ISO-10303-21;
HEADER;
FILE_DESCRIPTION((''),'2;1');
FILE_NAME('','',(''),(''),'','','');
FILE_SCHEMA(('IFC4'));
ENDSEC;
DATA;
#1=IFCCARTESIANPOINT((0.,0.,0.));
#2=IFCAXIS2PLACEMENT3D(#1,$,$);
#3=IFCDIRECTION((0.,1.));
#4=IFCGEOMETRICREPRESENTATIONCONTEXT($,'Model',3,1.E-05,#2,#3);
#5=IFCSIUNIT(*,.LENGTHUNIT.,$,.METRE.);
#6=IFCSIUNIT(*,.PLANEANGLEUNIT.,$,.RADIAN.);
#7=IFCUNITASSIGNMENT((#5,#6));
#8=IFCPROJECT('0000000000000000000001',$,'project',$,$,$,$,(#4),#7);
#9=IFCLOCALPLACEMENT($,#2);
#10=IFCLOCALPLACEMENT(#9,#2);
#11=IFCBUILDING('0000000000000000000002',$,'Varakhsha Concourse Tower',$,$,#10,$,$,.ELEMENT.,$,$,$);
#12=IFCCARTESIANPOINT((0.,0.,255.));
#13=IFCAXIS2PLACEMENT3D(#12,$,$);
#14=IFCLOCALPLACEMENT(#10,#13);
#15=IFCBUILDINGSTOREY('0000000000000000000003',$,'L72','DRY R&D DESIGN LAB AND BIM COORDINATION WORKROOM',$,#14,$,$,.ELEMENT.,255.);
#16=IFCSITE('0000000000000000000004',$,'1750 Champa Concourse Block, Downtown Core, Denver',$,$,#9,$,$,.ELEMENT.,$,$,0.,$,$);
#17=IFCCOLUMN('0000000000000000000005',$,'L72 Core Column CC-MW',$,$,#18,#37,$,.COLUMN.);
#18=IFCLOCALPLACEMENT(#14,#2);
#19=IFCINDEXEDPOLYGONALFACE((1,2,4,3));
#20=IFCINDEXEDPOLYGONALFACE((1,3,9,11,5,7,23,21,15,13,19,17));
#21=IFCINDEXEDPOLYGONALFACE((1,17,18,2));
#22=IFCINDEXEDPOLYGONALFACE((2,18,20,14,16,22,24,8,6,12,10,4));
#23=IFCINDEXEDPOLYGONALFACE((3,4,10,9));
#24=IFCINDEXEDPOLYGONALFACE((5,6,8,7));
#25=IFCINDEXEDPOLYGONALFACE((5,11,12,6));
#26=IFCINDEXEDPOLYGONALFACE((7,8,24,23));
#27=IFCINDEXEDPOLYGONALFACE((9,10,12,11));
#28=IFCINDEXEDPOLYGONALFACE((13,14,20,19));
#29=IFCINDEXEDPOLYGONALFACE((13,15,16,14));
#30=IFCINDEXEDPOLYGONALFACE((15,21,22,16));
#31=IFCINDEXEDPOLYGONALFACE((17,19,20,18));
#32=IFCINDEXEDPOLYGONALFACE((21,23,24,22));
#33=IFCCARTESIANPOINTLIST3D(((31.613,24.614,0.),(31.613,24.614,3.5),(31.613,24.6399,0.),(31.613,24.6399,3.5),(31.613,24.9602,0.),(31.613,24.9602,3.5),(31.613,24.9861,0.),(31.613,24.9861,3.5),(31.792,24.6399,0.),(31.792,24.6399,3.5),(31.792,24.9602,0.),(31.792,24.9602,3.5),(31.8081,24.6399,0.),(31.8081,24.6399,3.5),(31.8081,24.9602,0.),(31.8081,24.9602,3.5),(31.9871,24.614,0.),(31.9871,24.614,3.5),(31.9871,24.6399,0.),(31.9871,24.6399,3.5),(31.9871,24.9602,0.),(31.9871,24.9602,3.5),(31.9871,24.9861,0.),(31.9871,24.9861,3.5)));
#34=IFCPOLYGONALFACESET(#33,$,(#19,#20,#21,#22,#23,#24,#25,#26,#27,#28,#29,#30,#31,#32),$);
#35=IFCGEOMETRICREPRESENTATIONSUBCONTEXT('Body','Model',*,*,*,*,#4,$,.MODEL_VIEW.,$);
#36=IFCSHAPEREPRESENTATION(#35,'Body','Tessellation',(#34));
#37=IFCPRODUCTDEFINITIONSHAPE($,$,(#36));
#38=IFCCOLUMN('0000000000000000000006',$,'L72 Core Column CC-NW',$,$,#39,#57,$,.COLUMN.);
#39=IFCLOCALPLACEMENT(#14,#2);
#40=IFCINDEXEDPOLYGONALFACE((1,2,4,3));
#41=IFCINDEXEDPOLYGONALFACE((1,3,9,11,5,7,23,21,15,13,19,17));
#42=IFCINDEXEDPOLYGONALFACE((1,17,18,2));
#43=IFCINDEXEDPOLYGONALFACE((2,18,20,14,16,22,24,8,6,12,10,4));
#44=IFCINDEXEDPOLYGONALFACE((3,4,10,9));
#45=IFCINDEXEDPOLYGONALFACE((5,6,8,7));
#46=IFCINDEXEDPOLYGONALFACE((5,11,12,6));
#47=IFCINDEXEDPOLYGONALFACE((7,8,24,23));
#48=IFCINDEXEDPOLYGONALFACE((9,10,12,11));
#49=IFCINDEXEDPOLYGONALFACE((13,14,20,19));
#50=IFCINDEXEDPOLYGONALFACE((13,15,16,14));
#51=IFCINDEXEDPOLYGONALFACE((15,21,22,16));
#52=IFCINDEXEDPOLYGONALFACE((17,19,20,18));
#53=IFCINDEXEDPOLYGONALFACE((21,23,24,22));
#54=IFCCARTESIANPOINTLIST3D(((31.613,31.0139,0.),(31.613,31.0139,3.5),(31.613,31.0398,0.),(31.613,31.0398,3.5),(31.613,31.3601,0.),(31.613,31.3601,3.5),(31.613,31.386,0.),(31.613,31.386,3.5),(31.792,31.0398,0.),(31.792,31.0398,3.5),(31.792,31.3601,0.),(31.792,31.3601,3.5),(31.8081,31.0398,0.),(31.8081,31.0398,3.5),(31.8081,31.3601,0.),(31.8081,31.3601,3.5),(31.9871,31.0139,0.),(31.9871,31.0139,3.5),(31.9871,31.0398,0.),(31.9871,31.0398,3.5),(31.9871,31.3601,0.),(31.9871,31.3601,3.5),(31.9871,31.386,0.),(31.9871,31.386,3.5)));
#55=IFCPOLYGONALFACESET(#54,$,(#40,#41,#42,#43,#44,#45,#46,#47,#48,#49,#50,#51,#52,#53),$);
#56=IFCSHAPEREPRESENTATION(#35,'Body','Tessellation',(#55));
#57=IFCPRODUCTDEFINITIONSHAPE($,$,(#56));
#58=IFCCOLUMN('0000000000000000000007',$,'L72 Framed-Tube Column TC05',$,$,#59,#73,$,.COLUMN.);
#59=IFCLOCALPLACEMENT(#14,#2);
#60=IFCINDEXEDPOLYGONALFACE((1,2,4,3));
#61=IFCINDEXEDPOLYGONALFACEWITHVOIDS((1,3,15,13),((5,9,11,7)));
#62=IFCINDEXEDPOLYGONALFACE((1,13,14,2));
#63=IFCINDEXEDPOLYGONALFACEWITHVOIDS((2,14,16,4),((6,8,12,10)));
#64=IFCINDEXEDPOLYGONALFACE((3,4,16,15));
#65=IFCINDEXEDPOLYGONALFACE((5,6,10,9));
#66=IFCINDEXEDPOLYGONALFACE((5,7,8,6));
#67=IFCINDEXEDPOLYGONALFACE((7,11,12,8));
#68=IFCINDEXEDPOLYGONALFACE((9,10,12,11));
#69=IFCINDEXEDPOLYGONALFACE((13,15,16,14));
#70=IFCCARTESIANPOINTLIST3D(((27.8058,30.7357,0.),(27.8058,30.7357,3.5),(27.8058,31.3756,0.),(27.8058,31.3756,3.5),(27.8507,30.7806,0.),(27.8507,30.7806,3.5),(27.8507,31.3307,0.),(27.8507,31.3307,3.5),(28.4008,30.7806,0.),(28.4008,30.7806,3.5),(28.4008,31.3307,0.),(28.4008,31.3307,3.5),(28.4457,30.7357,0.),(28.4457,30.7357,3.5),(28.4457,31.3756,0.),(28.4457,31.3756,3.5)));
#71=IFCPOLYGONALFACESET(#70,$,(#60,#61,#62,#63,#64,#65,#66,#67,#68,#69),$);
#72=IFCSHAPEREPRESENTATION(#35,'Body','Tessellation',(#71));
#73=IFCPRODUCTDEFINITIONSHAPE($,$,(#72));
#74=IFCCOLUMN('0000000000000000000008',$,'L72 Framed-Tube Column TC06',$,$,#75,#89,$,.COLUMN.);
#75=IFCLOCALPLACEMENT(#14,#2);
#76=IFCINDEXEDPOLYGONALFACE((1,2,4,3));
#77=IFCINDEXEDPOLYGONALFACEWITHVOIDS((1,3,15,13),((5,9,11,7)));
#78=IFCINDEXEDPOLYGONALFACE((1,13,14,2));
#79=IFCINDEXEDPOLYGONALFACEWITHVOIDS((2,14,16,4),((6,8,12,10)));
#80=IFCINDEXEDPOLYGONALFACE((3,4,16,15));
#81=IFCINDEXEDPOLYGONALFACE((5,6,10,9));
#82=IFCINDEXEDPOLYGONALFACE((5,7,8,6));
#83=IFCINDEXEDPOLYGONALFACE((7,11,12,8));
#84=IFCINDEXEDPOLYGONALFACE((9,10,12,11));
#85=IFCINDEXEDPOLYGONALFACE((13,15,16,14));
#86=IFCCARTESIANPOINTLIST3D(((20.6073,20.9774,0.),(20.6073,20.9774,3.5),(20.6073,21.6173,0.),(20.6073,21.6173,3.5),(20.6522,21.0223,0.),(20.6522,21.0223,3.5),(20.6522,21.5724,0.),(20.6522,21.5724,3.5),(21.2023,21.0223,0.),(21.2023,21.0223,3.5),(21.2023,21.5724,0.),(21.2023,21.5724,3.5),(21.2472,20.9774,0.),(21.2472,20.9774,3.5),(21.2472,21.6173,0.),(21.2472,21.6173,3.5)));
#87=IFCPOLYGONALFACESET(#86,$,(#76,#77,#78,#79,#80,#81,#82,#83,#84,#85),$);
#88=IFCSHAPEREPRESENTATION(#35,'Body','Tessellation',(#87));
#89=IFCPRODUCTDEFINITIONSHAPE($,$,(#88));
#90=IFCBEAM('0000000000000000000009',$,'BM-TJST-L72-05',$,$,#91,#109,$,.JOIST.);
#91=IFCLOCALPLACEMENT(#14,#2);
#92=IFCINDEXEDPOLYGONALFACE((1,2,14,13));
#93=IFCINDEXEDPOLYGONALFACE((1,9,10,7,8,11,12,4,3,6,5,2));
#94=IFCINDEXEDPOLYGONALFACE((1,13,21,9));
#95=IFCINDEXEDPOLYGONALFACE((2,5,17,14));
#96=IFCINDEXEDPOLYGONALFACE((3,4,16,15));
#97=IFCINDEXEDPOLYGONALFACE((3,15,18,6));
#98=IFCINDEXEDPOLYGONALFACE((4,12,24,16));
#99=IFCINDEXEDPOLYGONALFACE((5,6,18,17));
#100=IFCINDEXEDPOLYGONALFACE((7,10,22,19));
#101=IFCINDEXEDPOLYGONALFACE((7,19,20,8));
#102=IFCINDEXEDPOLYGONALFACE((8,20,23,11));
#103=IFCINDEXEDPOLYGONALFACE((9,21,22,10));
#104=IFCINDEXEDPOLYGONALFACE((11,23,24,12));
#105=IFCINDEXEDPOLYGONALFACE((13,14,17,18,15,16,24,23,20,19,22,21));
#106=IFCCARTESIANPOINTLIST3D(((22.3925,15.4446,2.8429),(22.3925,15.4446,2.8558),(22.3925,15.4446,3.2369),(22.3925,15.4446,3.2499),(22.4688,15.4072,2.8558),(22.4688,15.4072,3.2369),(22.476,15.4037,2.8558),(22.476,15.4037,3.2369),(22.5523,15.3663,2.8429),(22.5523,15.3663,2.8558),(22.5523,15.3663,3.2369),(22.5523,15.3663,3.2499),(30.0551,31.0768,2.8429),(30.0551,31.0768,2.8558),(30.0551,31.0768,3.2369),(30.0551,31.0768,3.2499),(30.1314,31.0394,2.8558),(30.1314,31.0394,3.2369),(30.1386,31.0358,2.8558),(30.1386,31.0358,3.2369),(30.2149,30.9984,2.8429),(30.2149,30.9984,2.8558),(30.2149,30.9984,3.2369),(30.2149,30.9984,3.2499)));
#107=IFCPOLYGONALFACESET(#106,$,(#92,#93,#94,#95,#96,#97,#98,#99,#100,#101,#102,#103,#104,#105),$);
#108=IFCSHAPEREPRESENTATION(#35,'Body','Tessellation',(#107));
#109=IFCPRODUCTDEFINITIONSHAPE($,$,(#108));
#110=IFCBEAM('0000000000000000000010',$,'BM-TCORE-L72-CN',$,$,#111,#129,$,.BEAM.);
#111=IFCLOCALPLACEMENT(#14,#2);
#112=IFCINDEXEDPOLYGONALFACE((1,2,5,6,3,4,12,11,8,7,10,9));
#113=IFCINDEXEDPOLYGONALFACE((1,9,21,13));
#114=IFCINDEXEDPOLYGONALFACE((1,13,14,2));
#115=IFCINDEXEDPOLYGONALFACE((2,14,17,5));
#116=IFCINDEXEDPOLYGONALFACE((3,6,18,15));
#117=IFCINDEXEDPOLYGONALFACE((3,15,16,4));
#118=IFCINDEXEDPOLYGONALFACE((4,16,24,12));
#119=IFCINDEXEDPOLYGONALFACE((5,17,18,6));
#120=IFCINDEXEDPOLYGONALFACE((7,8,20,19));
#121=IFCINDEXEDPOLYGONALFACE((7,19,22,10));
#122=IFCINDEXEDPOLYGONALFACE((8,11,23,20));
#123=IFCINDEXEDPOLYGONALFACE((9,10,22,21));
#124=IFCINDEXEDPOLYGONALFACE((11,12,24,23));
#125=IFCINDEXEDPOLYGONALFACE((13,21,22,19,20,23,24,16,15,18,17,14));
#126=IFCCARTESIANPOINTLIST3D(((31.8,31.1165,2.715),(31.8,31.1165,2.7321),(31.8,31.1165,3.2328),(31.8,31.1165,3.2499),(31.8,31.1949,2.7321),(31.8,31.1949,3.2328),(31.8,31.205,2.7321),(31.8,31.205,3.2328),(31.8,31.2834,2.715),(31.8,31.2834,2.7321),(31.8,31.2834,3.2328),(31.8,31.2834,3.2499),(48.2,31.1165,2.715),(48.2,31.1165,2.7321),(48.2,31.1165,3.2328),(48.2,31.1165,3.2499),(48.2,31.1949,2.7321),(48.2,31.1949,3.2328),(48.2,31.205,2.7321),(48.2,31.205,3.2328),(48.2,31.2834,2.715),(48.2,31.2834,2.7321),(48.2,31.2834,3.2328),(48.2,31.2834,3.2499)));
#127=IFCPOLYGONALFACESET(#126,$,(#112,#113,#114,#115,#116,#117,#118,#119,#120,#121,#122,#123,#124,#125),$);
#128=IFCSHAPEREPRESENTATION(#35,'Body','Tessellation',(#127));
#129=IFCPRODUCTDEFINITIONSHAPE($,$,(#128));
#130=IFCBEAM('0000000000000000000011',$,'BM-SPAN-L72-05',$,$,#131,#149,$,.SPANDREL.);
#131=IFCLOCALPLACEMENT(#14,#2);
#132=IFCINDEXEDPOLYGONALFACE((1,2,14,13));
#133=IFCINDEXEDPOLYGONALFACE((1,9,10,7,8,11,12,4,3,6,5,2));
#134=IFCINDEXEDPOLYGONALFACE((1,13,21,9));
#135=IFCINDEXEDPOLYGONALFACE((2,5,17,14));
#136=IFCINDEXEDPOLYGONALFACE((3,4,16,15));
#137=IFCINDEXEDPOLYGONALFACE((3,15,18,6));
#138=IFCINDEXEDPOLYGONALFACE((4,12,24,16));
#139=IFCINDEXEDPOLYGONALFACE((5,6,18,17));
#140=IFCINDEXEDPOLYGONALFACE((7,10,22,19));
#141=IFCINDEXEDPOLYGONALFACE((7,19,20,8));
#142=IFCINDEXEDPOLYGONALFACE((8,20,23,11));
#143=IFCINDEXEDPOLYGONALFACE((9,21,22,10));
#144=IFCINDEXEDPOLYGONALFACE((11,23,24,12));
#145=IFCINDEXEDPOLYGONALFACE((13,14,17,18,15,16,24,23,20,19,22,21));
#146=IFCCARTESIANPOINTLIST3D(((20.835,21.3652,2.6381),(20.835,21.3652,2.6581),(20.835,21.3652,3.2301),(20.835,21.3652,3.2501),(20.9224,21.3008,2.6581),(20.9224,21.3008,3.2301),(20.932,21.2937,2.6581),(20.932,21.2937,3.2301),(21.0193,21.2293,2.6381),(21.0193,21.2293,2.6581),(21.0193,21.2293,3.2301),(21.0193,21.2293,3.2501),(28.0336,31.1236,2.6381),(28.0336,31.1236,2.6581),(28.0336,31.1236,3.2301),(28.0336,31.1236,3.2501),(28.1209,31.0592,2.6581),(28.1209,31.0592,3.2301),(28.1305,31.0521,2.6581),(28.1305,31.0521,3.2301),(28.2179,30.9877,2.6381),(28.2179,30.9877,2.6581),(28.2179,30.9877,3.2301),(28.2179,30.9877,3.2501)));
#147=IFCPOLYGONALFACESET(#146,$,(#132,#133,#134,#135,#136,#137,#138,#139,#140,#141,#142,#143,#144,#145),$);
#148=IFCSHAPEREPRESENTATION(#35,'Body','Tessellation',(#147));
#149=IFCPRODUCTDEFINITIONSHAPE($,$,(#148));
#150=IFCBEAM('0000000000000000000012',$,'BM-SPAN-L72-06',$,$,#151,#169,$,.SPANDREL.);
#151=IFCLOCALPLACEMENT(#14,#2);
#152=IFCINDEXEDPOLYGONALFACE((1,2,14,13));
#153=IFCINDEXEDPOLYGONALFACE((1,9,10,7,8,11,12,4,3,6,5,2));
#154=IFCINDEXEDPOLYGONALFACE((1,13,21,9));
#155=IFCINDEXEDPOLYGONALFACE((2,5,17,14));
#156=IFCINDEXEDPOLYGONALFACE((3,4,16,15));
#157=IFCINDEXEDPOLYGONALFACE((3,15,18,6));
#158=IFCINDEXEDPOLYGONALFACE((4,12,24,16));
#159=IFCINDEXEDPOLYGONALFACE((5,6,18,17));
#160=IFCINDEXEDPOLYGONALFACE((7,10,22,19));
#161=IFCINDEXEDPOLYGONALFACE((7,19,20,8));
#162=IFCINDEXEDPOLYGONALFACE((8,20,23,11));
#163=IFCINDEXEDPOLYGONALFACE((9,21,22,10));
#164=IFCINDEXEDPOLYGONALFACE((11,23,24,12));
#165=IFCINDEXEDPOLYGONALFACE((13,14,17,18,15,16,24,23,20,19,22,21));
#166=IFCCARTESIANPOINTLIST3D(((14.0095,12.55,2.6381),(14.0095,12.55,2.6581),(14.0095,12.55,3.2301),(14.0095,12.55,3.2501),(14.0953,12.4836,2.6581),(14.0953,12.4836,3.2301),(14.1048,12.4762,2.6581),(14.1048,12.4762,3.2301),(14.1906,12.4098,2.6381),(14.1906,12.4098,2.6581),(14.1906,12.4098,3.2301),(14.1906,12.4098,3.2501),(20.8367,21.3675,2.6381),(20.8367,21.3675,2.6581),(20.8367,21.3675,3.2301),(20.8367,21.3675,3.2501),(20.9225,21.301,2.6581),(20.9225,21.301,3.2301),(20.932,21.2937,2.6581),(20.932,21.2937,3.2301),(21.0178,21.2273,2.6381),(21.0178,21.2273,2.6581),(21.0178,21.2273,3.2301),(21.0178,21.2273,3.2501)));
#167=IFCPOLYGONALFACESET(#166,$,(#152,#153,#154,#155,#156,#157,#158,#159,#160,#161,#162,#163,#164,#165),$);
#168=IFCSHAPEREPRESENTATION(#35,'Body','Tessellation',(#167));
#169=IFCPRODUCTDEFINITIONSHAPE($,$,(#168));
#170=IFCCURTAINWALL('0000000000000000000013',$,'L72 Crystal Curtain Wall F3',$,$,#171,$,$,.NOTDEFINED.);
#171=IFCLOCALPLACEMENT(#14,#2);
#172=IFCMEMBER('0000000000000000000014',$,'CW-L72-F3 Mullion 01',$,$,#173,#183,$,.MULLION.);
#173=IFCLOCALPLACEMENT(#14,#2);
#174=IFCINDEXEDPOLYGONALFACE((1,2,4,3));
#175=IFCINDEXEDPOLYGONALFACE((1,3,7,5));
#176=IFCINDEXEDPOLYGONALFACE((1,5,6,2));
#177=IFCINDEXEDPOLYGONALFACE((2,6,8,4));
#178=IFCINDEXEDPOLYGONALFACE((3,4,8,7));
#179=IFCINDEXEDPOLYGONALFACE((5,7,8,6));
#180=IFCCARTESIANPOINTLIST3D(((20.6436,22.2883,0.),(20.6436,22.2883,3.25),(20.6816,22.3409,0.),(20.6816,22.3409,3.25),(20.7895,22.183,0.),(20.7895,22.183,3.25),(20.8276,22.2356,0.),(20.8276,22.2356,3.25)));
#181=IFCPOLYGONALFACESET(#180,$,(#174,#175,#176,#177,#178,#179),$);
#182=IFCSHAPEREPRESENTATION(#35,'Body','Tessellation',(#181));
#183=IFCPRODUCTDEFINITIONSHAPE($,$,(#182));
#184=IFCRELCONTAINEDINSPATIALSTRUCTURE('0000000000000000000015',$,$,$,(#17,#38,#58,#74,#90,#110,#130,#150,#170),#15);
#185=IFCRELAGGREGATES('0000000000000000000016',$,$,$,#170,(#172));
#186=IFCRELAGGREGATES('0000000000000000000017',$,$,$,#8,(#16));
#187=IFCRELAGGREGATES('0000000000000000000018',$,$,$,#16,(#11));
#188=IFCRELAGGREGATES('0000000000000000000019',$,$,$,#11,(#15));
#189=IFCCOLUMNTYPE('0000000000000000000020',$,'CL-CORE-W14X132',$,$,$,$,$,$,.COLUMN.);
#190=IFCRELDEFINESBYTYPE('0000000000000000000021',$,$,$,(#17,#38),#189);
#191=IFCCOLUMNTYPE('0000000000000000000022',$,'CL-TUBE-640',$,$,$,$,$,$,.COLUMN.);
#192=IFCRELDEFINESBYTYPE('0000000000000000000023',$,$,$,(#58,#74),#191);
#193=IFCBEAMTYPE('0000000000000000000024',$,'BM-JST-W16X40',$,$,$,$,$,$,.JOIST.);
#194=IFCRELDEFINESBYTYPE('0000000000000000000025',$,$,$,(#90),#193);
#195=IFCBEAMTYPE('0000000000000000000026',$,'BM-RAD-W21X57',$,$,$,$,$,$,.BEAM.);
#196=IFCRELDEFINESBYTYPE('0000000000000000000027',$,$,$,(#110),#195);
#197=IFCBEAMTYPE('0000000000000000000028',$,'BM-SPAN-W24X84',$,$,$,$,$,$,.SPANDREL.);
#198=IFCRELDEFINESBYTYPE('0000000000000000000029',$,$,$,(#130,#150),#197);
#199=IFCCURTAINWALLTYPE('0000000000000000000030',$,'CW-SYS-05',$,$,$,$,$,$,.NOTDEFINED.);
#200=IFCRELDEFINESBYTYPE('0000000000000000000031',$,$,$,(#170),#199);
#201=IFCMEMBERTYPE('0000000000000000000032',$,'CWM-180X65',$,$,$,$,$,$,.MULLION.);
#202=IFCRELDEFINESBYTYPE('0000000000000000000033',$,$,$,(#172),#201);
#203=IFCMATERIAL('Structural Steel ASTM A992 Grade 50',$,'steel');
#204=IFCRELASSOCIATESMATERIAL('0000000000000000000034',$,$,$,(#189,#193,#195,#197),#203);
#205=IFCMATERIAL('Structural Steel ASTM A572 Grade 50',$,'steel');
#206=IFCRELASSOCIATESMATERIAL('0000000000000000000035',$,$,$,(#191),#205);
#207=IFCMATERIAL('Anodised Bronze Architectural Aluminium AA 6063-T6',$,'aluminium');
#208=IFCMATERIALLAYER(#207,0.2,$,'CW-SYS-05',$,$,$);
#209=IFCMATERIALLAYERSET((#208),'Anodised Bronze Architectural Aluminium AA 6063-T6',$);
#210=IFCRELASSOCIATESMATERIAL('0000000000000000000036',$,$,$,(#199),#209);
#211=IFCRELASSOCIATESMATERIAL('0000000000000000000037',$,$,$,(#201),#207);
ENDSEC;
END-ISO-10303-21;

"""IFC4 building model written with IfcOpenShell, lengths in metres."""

from ifc_helpers import new_model, si_unit, direction, frame, origin, origin_2d, place, context, subcontext, project, spatial, rectangle, hollow_rectangle, i_section, extrude, source, transform, mapped, material, layer, layer_set, material_profile, profile_set, type_object, type_shapes, element, aggregate, save


model = new_model("IFC4")

# Units and contexts
model_context = context("Model", 3, precision=1e-05, world=origin(), true_north=direction((0.0, 1.0)))
body_context = subcontext(model_context, "Body", "Model", "MODEL_VIEW")
ifc_project = project(units=[si_unit("LENGTHUNIT", "METRE"), si_unit("PLANEANGLEUNIT", "RADIAN")], contexts=[model_context])

# Site, building, storey
site_placement = place(None, origin())
site = spatial("IfcSite", under=ifc_project, at=site_placement, Name="1750 Champa Concourse Block, Downtown Core, Denver", CompositionType="ELEMENT", RefElevation=0.0)
building_placement = place(site_placement, origin())
building = spatial("IfcBuilding", under=site, at=building_placement, Name="Varakhsha Concourse Tower", CompositionType="ELEMENT")
storey_placement = place(building_placement, frame((0.0, 0.0, 255.0)))
storey = spatial("IfcBuildingStorey", under=building, at=storey_placement, Name="L72", Description="DRY R&D DESIGN LAB AND BIM COORDINATION WORKROOM", CompositionType="ELEMENT", Elevation=255.0)

# Columns
ifc_material_1 = material(Name="Structural Steel ASTM A992 Grade 50", Category="steel")
ifc_material_profile_1 = material_profile(ifc_material_1, i_section(OverallWidth=0.374, OverallDepth=0.3721, WebThickness=0.0161, FlangeThickness=0.0259, at=origin_2d()), Name="W14X132")
ifc_profile_set_1 = profile_set([ifc_material_profile_1], Name="Structural Steel ASTM A992 Grade 50")
column_type_1 = type_object("IfcColumnType", Name="CL-CORE-W14X132", PredefinedType="COLUMN", material=ifc_profile_set_1)
for number, where, z_axis, x_axis, name in (
    (1, (31.8, 24.8, 0.0), (0.0, 0.0, 1.0), (1.0, 0.0, 0.0), "L72 Core Column CC-MW"),
    (2, (31.8, 31.2, 0.0), (0.0, 0.0, 1.0), (1.0, 0.0, 0.0), "L72 Core Column CC-NW"),
):
    element("IfcColumn", number, at=place(storey_placement, frame(where, z_axis=z_axis, x_axis=x_axis)), inside=storey, type_object=column_type_1, Name=name, PredefinedType="COLUMN", context=body_context, shape_type="SweptSolid", body=[
        extrude(i_section(OverallWidth=0.374, OverallDepth=0.3721, WebThickness=0.0161, FlangeThickness=0.0259, at=origin_2d()), origin(), (0.0, 0.0, 1.0), 3.5),
    ])
ifc_material_2 = material(Name="Structural Steel ASTM A572 Grade 50", Category="steel")
ifc_material_profile_2 = material_profile(ifc_material_2, hollow_rectangle(XDim=0.6399, YDim=0.6399, WallThickness=0.0449, at=origin_2d()), Name="BOX 640x640x45")
ifc_profile_set_2 = profile_set([ifc_material_profile_2], Name="Structural Steel ASTM A572 Grade 50")
column_type_2 = type_object("IfcColumnType", Name="CL-TUBE-640", PredefinedType="COLUMN", material=ifc_profile_set_2)
for number, where, z_axis, x_axis, name in (
    (3, (28.1257, 31.0557, 0.0), (0.0, 0.0, 1.0), (1.0, 0.0, 0.0), "L72 Framed-Tube Column TC05"),
    (4, (20.9272, 21.2974, 0.0), (0.0, 0.0, 1.0), (1.0, 0.0, 0.0), "L72 Framed-Tube Column TC06"),
):
    element("IfcColumn", number, at=place(storey_placement, frame(where, z_axis=z_axis, x_axis=x_axis)), inside=storey, type_object=column_type_2, Name=name, PredefinedType="COLUMN", context=body_context, shape_type="SweptSolid", body=[
        extrude(hollow_rectangle(XDim=0.6399, YDim=0.6399, WallThickness=0.0449, at=origin_2d()), origin(), (0.0, 0.0, 1.0), 3.5),
    ])

# Beams
ifc_material_profile_3 = material_profile(ifc_material_1, i_section(OverallWidth=0.178, OverallDepth=0.407, WebThickness=0.0081, FlangeThickness=0.0129, at=origin_2d()), Name="W16X40")
ifc_profile_set_3 = profile_set([ifc_material_profile_3], Name="Structural Steel ASTM A992 Grade 50")
beam_type_1 = type_object("IfcBeamType", Name="BM-JST-W16X40", PredefinedType="JOIST", material=ifc_profile_set_3)
beam_1_placement = place(storey_placement, frame((30.135, 31.0376, 3.0464), z_axis=(-0.440149, -0.897925, 0.0), x_axis=(0.897925, -0.440149, 0.0)))
element("IfcBeam", 5, at=beam_1_placement, inside=storey, type_object=beam_type_1, Name="BM-TJST-L72-05", PredefinedType="JOIST", context=body_context, shape_type="SweptSolid", body=[
    extrude(i_section(OverallWidth=0.178, OverallDepth=0.407, WebThickness=0.0081, FlangeThickness=0.0129, at=origin_2d()), origin(), (0.0, 0.0, 1.0), 17.4092),
])
ifc_material_profile_4 = material_profile(ifc_material_1, i_section(OverallWidth=0.167, OverallDepth=0.5349, WebThickness=0.01, FlangeThickness=0.0171, at=origin_2d()), Name="W21X57")
ifc_profile_set_4 = profile_set([ifc_material_profile_4], Name="Structural Steel ASTM A992 Grade 50")
beam_type_2 = type_object("IfcBeamType", Name="BM-RAD-W21X57", PredefinedType="BEAM", material=ifc_profile_set_4)
beam_2_placement = place(storey_placement, frame((31.8, 31.2, 2.9824), z_axis=(1.0, 0.0, 0.0), x_axis=(0.0, 1.0, 0.0)))
element("IfcBeam", 6, at=beam_2_placement, inside=storey, type_object=beam_type_2, Name="BM-TCORE-L72-CN", PredefinedType="BEAM", context=body_context, shape_type="SweptSolid", body=[
    extrude(i_section(OverallWidth=0.167, OverallDepth=0.5349, WebThickness=0.01, FlangeThickness=0.0171, at=origin_2d()), origin(), (0.0, 0.0, 1.0), 16.3999),
])
ifc_material_profile_5 = material_profile(ifc_material_1, i_section(OverallWidth=0.229, OverallDepth=0.6121, WebThickness=0.012, FlangeThickness=0.02, at=origin_2d()), Name="W24X84")
ifc_profile_set_5 = profile_set([ifc_material_profile_5], Name="Structural Steel ASTM A992 Grade 50")
beam_type_3 = type_object("IfcBeamType", Name="BM-SPAN-W24X84", PredefinedType="SPANDREL", material=ifc_profile_set_5)
beam_3_placement = place(storey_placement, frame((28.1257, 31.0557, 2.9441), z_axis=(-0.593635, -0.804734, 0.0), x_axis=(0.804734, -0.593635, 0.0)))
element("IfcBeam", 7, at=beam_3_placement, inside=storey, type_object=beam_type_3, Name="BM-SPAN-L72-05", PredefinedType="SPANDREL", context=body_context, shape_type="SweptSolid", body=[
    extrude(i_section(OverallWidth=0.229, OverallDepth=0.6121, WebThickness=0.012, FlangeThickness=0.02, at=origin_2d()), origin(), (0.0, 0.0, 1.0), 12.1262),
])
beam_4_placement = place(storey_placement, frame((20.9272, 21.2974, 2.9441), z_axis=(-0.612217, -0.79069, 0.0), x_axis=(0.79069, -0.612217, 0.0)))
element("IfcBeam", 8, at=beam_4_placement, inside=storey, type_object=beam_type_3, Name="BM-SPAN-L72-06", PredefinedType="SPANDREL", context=body_context, shape_type="SweptSolid", body=[
    extrude(i_section(OverallWidth=0.229, OverallDepth=0.6121, WebThickness=0.012, FlangeThickness=0.02, at=origin_2d()), origin(), (0.0, 0.0, 1.0), 11.1516),
])

# Curtain wall, member
ifc_material_3 = material(Name="Anodised Bronze Architectural Aluminium AA 6063-T6", Category="aluminium")
ifc_layer_1 = layer(ifc_material_3, 0.2, Name="CW-SYS-05")
ifc_layer_set_1 = layer_set([ifc_layer_1], Name="Anodised Bronze Architectural Aluminium AA 6063-T6")
curtain_wall_type = type_object("IfcCurtainWallType", Name="CW-SYS-05", PredefinedType="NOTDEFINED", material=ifc_layer_set_1)
curtain_wall_placement = place(storey_placement, origin())
curtain_wall = element("IfcCurtainWall", 9, at=curtain_wall_placement, inside=storey, type_object=curtain_wall_type, Name="L72 Crystal Curtain Wall F3", PredefinedType="NOTDEFINED")
ifc_material_profile_6 = material_profile(ifc_material_3, rectangle(XDim=0.0649, YDim=0.1799, at=origin_2d()), Name="CWM-180X65")
ifc_profile_set_6 = profile_set([ifc_material_profile_6], Name="Anodised Bronze Architectural Aluminium AA 6063-T6")
member_type_1 = type_object("IfcMemberType", Name="CWM-180X65", PredefinedType="MULLION", material=ifc_profile_set_6)
shared_shape_1 = source(origin(), body_context, "Body", "SweptSolid", [
    extrude(rectangle(XDim=0.0649, YDim=0.1799, at=origin_2d()), origin(), (0.0, 0.0, 1.0), 3.25),
])
type_shapes(member_type_1, [shared_shape_1])
member_1_placement = place(storey_placement, frame((20.7356, 22.262, 0.0), z_axis=(0.0, 0.0, 1.0), x_axis=(0.585188, 0.810897, 0.0)))
member_1 = element("IfcMember", 10, at=member_1_placement, type_object=member_type_1, Name="CW-L72-F3 Mullion 01", PredefinedType="MULLION", context=body_context, shape_type="MappedRepresentation", body=[
    mapped(shared_shape_1, transform((0.0, 0.0, 0.0), scale=1.0)),
])
aggregate(curtain_wall, [member_1])

save(model, "model.ifc")
